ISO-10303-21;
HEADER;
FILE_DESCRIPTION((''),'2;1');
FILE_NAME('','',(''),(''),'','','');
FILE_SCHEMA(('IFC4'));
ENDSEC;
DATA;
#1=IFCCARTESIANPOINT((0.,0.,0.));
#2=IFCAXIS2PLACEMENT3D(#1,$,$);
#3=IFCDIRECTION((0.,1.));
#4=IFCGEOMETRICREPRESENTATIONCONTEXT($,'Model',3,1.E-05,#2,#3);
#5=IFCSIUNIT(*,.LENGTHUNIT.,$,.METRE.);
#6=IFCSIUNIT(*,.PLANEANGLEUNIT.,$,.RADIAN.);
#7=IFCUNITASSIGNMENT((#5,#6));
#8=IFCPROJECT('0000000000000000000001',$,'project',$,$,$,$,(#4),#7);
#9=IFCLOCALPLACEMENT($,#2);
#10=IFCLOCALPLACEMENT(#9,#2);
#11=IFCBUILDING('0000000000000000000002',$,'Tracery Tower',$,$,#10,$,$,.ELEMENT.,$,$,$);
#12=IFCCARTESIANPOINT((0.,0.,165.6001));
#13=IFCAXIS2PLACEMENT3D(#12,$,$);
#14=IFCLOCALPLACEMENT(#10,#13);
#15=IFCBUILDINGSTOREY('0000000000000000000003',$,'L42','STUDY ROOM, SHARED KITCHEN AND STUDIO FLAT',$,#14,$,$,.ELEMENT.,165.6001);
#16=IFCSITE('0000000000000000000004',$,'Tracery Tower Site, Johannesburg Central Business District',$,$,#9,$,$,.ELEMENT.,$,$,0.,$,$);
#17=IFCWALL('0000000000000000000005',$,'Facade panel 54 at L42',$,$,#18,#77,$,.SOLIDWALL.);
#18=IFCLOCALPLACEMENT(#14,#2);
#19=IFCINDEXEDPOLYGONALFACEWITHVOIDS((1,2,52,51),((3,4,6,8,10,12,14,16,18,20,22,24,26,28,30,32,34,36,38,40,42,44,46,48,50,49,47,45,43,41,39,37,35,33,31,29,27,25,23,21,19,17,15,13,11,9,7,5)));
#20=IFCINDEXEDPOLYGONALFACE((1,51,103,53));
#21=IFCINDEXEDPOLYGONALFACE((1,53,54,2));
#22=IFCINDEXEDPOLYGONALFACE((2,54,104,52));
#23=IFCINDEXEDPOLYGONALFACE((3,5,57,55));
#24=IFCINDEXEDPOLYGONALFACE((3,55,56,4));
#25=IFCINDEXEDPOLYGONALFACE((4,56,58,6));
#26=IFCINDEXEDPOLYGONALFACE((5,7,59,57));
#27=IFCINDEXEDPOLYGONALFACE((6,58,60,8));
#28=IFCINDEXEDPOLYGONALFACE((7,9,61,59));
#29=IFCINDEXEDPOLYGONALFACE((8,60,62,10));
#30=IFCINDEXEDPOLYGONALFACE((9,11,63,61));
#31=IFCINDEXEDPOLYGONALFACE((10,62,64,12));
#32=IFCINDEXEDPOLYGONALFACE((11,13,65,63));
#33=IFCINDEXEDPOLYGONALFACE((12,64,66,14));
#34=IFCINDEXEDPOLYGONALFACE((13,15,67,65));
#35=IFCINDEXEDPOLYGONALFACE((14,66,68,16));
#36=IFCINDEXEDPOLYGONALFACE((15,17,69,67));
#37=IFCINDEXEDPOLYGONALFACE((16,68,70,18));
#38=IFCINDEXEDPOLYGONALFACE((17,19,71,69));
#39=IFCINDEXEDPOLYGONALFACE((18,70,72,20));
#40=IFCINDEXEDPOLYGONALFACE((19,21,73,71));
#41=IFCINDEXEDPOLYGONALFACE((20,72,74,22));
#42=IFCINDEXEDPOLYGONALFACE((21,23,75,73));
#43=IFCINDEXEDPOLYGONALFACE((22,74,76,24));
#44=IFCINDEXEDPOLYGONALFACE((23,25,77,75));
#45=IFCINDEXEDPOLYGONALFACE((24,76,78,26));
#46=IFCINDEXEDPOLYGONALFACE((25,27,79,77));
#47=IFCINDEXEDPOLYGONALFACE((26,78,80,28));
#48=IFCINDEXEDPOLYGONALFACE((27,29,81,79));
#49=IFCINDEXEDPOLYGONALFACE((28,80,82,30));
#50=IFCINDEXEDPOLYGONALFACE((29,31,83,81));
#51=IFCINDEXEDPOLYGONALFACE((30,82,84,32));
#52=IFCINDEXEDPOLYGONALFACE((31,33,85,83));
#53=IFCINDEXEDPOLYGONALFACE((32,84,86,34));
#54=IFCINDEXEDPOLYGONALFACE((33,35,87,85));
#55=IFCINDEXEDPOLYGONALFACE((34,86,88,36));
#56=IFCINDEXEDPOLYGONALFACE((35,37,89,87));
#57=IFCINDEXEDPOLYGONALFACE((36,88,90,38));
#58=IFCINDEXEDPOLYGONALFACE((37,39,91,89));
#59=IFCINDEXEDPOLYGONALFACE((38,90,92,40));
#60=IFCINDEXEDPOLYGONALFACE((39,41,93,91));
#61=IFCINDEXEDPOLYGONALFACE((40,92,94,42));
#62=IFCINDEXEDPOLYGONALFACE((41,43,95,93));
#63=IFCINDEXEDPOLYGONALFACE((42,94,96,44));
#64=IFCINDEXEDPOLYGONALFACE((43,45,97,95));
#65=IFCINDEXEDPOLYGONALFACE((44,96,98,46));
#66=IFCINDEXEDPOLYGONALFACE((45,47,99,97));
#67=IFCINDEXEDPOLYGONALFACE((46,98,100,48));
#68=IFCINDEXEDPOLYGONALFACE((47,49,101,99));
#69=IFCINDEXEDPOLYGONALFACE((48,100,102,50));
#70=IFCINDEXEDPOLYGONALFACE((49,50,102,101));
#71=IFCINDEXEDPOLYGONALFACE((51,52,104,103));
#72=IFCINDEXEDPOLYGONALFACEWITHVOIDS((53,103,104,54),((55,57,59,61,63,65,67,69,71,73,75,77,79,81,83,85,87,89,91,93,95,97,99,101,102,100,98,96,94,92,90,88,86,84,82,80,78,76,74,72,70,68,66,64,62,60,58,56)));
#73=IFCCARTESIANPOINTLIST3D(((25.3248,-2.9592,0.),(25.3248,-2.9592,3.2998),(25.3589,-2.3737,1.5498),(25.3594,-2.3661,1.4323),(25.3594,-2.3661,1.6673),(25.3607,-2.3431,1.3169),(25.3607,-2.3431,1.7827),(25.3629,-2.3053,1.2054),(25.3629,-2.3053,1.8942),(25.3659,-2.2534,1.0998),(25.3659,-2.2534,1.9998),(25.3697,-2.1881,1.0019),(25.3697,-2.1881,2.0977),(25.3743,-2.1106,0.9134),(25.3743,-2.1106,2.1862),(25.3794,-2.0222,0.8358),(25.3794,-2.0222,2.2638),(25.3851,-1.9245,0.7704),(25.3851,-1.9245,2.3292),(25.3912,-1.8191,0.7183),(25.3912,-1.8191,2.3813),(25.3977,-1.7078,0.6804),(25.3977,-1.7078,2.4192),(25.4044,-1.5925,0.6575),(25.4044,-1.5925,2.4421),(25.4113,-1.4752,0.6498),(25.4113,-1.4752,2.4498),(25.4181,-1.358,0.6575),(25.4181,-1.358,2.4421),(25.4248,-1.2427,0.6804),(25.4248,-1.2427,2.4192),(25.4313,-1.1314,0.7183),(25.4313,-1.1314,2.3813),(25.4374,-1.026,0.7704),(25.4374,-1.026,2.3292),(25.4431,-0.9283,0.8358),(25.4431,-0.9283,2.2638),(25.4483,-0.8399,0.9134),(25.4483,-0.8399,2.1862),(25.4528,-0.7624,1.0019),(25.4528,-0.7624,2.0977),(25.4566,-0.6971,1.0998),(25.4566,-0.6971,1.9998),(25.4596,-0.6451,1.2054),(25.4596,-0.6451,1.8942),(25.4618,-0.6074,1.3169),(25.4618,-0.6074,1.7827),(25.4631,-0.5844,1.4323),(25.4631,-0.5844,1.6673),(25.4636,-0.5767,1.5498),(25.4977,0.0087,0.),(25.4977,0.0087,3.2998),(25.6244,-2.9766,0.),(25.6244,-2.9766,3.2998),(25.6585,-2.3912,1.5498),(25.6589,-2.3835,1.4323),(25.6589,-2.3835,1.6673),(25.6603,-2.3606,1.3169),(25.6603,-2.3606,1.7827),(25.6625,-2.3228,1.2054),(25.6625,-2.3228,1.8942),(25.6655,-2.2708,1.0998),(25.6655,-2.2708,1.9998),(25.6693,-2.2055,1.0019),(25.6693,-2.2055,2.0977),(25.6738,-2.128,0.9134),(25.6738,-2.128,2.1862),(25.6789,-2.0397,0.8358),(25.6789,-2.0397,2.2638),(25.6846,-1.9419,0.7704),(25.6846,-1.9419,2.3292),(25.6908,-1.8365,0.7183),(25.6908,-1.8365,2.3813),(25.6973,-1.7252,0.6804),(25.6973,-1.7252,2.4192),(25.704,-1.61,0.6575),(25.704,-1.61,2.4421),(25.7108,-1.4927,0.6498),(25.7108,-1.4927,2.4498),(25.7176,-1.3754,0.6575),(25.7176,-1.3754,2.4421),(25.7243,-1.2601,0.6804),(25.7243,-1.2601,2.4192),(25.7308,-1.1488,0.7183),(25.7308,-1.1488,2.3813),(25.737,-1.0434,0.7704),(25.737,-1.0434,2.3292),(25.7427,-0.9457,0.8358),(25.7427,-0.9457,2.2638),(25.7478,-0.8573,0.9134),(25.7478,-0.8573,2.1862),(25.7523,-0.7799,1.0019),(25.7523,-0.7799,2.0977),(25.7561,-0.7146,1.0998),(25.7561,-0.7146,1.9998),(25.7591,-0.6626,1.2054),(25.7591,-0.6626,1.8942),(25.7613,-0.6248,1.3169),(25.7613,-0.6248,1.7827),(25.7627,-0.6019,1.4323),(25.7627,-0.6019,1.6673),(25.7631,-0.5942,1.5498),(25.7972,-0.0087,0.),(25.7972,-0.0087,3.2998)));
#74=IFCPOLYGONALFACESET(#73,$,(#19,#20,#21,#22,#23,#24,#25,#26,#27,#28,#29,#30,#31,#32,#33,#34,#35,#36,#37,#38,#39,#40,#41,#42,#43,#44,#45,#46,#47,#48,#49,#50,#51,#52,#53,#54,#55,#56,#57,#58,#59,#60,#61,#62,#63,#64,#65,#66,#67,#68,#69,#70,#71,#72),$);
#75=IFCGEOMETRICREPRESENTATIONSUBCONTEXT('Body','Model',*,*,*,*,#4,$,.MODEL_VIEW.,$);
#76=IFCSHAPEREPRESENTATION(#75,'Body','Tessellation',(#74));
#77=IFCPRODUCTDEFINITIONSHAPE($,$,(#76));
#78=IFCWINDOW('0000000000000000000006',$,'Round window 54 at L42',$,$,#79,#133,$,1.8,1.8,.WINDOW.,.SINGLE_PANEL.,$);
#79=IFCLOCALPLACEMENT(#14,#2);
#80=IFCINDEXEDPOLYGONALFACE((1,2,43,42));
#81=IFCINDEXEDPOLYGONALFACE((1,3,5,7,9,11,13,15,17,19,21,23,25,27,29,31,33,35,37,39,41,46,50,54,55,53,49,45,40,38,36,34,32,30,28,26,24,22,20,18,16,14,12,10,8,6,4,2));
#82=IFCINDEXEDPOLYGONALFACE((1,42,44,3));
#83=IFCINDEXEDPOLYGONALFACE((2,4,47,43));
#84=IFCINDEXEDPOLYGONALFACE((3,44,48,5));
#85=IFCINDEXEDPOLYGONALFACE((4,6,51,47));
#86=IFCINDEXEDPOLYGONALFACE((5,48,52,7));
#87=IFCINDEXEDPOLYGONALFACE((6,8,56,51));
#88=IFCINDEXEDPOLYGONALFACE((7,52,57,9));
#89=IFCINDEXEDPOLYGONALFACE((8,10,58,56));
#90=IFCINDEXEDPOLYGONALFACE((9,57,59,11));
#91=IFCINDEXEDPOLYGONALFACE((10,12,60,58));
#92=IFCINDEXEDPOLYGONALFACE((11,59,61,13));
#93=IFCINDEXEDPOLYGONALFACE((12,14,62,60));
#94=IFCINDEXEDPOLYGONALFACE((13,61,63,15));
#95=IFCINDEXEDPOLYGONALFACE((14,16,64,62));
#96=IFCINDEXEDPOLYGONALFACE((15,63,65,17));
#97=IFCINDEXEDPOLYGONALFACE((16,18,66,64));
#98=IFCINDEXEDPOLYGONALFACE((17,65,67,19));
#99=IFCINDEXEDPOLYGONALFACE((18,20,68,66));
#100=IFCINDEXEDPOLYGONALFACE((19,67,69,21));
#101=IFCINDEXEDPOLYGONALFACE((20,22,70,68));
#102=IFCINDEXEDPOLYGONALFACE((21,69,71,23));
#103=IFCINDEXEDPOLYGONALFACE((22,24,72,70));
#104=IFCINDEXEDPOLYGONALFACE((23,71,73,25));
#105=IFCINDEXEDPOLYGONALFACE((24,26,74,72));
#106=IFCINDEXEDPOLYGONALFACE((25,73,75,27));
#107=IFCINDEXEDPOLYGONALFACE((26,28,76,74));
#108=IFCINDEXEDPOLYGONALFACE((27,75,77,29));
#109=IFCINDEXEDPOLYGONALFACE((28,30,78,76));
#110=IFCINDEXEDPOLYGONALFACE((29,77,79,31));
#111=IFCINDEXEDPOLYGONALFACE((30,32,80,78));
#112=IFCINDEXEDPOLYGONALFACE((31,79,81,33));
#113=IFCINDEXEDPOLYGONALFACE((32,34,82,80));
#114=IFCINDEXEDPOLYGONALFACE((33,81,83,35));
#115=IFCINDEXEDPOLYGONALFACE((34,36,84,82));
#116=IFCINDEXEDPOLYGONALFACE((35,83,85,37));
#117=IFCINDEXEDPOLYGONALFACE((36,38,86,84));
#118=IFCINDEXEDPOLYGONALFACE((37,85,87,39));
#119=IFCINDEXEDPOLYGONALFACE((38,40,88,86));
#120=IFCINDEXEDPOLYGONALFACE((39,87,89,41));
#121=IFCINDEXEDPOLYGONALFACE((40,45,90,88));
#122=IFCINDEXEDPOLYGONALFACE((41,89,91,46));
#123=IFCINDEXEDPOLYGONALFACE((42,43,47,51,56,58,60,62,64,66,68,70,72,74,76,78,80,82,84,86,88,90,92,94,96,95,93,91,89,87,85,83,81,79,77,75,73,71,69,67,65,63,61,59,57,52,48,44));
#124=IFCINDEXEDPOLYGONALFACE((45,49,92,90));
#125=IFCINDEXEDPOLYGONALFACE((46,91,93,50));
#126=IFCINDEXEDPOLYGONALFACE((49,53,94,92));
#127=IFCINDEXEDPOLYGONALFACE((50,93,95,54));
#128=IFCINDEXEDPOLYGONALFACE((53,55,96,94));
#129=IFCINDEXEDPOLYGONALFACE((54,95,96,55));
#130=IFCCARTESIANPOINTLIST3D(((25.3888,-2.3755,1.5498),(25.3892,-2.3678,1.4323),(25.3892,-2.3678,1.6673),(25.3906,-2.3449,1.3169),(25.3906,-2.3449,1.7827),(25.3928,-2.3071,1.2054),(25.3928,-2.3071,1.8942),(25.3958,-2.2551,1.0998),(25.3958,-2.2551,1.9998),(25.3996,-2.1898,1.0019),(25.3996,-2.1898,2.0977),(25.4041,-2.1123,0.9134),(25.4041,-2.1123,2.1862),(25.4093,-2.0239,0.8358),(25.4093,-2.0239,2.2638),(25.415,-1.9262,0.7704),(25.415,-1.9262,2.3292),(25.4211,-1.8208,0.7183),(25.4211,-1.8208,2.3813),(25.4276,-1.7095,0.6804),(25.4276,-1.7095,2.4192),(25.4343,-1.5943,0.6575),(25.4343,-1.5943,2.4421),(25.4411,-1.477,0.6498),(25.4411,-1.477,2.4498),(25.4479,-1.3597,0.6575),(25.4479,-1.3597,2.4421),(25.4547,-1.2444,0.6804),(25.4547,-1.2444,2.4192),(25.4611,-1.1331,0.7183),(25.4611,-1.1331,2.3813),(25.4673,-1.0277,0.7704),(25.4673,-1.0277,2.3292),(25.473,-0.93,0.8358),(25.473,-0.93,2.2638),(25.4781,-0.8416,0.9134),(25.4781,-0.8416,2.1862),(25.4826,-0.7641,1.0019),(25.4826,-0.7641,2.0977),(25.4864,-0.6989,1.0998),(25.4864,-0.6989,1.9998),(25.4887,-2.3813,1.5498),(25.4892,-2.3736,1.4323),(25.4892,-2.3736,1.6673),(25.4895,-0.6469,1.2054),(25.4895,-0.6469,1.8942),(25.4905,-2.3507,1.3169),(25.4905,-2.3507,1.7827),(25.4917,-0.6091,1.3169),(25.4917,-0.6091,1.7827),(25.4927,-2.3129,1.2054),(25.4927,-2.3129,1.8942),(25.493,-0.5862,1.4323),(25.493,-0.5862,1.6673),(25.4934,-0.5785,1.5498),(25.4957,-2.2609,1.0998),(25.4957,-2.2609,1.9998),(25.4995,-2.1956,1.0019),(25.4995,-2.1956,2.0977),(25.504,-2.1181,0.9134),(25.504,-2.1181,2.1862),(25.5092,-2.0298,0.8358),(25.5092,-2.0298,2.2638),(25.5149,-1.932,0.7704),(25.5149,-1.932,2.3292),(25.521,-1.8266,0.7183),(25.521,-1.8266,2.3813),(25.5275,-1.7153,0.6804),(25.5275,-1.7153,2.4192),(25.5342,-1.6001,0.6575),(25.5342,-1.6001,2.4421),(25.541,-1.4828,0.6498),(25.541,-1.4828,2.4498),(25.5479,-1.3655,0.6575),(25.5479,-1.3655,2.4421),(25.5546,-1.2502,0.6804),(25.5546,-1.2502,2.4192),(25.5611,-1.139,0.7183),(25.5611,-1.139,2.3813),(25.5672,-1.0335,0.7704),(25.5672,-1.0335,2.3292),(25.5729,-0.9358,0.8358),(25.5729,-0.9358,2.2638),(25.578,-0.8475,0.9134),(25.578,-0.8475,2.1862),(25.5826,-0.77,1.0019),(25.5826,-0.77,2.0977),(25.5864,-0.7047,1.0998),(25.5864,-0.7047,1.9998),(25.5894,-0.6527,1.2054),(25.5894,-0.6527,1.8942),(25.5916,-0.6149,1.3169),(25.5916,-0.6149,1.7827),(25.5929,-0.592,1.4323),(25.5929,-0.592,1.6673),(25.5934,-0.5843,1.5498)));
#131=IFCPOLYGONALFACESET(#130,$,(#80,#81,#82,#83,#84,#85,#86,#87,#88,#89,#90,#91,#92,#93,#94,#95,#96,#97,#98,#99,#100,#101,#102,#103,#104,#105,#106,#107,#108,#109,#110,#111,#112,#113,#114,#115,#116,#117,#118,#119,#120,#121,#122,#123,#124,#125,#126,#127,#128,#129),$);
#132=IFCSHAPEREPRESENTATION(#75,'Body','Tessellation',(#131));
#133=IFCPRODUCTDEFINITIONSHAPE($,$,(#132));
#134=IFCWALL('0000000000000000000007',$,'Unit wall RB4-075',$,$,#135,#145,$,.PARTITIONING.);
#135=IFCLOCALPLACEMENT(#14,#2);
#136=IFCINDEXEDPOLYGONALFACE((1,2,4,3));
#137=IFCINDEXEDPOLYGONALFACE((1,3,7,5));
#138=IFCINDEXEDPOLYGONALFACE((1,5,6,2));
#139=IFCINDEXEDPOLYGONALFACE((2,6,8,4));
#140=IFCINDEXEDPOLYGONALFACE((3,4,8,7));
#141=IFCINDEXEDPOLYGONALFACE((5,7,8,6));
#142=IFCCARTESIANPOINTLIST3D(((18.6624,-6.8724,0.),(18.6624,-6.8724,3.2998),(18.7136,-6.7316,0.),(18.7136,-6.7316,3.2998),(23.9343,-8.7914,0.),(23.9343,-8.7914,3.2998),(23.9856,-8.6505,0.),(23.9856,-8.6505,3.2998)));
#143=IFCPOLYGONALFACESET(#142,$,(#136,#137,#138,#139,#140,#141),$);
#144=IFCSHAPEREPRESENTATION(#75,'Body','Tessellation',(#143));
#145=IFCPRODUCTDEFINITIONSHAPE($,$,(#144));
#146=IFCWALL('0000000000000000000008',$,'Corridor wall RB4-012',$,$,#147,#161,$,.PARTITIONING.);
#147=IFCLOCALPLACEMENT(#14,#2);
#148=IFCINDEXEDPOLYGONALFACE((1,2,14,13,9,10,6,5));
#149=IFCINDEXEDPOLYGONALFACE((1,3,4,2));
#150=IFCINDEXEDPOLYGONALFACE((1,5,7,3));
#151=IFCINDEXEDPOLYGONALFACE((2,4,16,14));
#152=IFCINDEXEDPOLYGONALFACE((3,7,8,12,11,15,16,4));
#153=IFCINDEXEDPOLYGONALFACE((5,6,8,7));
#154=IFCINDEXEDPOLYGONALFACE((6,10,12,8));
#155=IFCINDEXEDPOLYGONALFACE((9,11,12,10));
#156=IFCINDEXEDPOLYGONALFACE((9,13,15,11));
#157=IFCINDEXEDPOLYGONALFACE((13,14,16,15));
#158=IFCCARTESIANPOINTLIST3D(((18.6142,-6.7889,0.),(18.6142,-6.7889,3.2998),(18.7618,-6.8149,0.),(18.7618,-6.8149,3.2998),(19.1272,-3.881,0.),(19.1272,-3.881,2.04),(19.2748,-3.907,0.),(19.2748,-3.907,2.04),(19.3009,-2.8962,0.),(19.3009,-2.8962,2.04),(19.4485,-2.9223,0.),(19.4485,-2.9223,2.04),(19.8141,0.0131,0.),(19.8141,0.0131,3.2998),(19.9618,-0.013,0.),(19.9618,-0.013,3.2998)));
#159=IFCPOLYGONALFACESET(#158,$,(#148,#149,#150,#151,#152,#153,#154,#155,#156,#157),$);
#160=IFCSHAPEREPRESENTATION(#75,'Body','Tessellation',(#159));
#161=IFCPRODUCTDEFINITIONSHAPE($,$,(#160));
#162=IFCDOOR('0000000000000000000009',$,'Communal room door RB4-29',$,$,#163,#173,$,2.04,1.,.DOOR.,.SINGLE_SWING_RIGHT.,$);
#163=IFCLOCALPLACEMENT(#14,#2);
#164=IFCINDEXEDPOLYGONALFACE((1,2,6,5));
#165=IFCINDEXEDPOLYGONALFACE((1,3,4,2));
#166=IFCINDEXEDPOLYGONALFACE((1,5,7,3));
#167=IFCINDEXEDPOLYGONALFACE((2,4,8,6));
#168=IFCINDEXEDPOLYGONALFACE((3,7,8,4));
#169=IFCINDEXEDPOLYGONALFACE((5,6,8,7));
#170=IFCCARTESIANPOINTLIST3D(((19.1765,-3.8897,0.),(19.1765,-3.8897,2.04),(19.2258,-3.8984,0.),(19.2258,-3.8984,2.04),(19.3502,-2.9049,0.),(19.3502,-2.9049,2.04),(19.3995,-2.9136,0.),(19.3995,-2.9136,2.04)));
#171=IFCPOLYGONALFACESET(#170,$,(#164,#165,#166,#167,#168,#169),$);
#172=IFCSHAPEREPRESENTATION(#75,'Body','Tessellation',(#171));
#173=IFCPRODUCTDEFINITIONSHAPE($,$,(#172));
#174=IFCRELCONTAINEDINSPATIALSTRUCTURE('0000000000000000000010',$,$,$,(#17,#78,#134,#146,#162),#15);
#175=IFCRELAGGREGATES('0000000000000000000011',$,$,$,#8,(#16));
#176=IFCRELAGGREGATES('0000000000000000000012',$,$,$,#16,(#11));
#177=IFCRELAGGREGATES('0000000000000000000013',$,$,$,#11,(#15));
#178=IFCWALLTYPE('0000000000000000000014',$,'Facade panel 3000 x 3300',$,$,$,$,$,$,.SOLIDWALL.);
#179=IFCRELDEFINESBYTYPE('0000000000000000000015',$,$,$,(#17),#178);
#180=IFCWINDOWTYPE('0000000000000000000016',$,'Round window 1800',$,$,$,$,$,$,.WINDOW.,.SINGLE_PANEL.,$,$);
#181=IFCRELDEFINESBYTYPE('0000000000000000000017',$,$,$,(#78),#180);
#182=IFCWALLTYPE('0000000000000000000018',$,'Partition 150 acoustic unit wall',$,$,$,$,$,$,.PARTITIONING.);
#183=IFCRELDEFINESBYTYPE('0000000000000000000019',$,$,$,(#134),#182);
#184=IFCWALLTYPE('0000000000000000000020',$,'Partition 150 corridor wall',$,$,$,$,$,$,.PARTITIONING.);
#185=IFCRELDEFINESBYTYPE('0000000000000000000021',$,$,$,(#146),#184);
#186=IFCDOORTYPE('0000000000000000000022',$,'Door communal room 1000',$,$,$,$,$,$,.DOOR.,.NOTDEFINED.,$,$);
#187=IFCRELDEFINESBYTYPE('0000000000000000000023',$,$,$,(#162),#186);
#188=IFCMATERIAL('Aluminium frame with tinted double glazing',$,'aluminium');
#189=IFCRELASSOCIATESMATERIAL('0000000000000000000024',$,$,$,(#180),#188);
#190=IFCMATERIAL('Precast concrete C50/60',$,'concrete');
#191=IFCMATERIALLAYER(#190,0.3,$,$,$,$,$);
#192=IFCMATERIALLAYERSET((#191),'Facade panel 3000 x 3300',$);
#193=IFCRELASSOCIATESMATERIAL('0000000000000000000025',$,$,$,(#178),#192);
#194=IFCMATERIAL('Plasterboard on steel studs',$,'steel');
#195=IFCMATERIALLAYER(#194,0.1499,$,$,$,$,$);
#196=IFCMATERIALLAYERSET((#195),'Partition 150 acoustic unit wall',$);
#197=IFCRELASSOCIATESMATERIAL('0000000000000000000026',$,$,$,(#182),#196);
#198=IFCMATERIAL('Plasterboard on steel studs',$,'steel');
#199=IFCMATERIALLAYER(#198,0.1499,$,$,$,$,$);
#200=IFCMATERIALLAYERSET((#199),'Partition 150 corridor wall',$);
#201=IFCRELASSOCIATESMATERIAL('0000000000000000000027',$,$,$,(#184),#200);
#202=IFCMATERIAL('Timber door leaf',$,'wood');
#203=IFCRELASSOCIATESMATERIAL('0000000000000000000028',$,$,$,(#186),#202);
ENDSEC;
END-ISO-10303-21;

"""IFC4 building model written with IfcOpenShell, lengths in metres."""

from ifc_helpers import new_model, si_unit, direction, frame, frame_2d, origin, origin_2d, place, context, subcontext, project, spatial, rectangle, circle, extrude, material, layer, layer_set, type_object, element, fill, save


model = new_model("IFC4")

# Units and contexts
model_context = context("Model", 3, precision=1e-05, world=origin(), true_north=direction((0.0, 1.0)))
body_context = subcontext(model_context, "Body", "Model", "MODEL_VIEW")
ifc_project = project(units=[si_unit("LENGTHUNIT", "METRE"), si_unit("PLANEANGLEUNIT", "RADIAN")], contexts=[model_context])

# Site, building, storey
site_placement = place(None, origin())
site = spatial("IfcSite", under=ifc_project, at=site_placement, Name="Tracery Tower Site, Johannesburg Central Business District", CompositionType="ELEMENT", RefElevation=0.0)
building_placement = place(site_placement, origin())
building = spatial("IfcBuilding", under=site, at=building_placement, Name="Tracery Tower", CompositionType="ELEMENT")
storey_placement = place(building_placement, frame((0.0, 0.0, 165.6001)))
storey = spatial("IfcBuildingStorey", under=building, at=storey_placement, Name="L42", Description="STUDY ROOM, SHARED KITCHEN AND STUDIO FLAT", CompositionType="ELEMENT", Elevation=165.6001)

# Wall, opening, window
ifc_material_1 = material(Name="Aluminium frame with tinted double glazing", Category="aluminium")
window_type = type_object("IfcWindowType", Name="Round window 1800", PartitioningType="SINGLE_PANEL", PredefinedType="WINDOW", material=ifc_material_1)
ifc_material_2 = material(Name="Precast concrete C50/60", Category="concrete")
ifc_layer_1 = layer(ifc_material_2, 0.3)
ifc_layer_set_1 = layer_set([ifc_layer_1], Name="Facade panel 3000 x 3300")
wall_type_1 = type_object("IfcWallType", Name="Facade panel 3000 x 3300", PredefinedType="SOLIDWALL", material=ifc_layer_set_1)
wall_1_placement = place(storey_placement, frame((25.4746, -2.9678, 0.0), z_axis=(0.0, 0.0, 1.0), x_axis=(0.058144, 0.998308, 0.0)))
wall_1 = element("IfcWall", 1, at=wall_1_placement, inside=storey, type_object=wall_type_1, Name="Facade panel 54 at L42", PredefinedType="SOLIDWALL", context=body_context, shape_type="SweptSolid", body=[
    extrude(rectangle(XDim=2.9729, YDim=0.3, at=frame_2d((1.4863, 0.0))), origin(), (0.0, 0.0, 1.0), 3.2998),
])
opening_1_placement = place(wall_1_placement, frame((1.4863, 0.0, 1.5498)))
opening_1 = element("IfcOpeningElement", 2, at=opening_1_placement, cuts=wall_1, PredefinedType="OPENING", context=body_context, shape_type="SweptSolid", body=[
    extrude(circle(Radius=0.9, at=origin_2d()), frame((0.0, 0.1599, 0.0), z_axis=(0.0, -1.0, 0.0), x_axis=(1.0, 0.0, 0.0)), (0.0, 0.0, 1.0), 0.3201),
])
window_1_placement = place(opening_1_placement, origin())
window_1 = element("IfcWindow", 3, at=window_1_placement, inside=storey, type_object=window_type, Name="Round window 54 at L42", OverallHeight=1.8, OverallWidth=1.8, PartitioningType="SINGLE_PANEL", PredefinedType="WINDOW", context=body_context, shape_type="SweptSolid", body=[
    extrude(circle(Radius=0.9, at=origin_2d()), frame((0.0, 0.1201, 0.0), z_axis=(0.0, -1.0, 0.0), x_axis=(1.0, 0.0, 0.0)), (0.0, 0.0, 1.0), 0.1001),
])
fill(opening_1, window_1)

# Wall
ifc_material_3 = material(Name="Plasterboard on steel studs", Category="steel")
ifc_layer_2 = layer(ifc_material_3, 0.1499)
ifc_layer_set_2 = layer_set([ifc_layer_2], Name="Partition 150 acoustic unit wall")
wall_type_2 = type_object("IfcWallType", Name="Partition 150 acoustic unit wall", PredefinedType="PARTITIONING", material=ifc_layer_set_2)
wall_2_placement = place(storey_placement, frame((18.688, -6.802, 0.0), z_axis=(0.0, 0.0, 1.0), x_axis=(0.939687, -0.342037, 0.0)))
element("IfcWall", 4, at=wall_2_placement, inside=storey, type_object=wall_type_2, Name="Unit wall RB4-075", PredefinedType="PARTITIONING", context=body_context, shape_type="SweptSolid", body=[
    extrude(rectangle(XDim=5.6104, YDim=0.1499, at=frame_2d((2.8052, 0.0))), origin(), (0.0, 0.0, 1.0), 3.2998),
])

# Wall, opening, door
ifc_material_4 = material(Name="Plasterboard on steel studs", Category="steel")
ifc_layer_3 = layer(ifc_material_4, 0.1499)
ifc_layer_set_3 = layer_set([ifc_layer_3], Name="Partition 150 corridor wall")
wall_type_3 = type_object("IfcWallType", Name="Partition 150 corridor wall", PredefinedType="PARTITIONING", material=ifc_layer_set_3)
wall_3_placement = place(storey_placement, frame((18.688, -6.802, 0.0), z_axis=(0.0, 0.0, 1.0), x_axis=(0.173729, 0.984794, 0.0)))
wall_3 = element("IfcWall", 5, at=wall_3_placement, inside=storey, type_object=wall_type_3, Name="Corridor wall RB4-012", PredefinedType="PARTITIONING", context=body_context, shape_type="SweptSolid", body=[
    extrude(rectangle(XDim=6.907, YDim=0.1499, at=frame_2d((3.4536, 0.0))), origin(), (0.0, 0.0, 1.0), 3.2998),
])
opening_2_placement = place(wall_3_placement, frame((2.9529, 0.0, 0.0)))
opening_2 = element("IfcOpeningElement", 6, at=opening_2_placement, cuts=wall_3, PredefinedType="OPENING", context=body_context, shape_type="SweptSolid", body=[
    extrude(rectangle(XDim=1.0, YDim=2.04, at=frame_2d((0.5, 1.02))), frame((0.0, 0.075, 0.0), z_axis=(0.0, -1.0, 0.0), x_axis=(1.0, 0.0, 0.0)), (0.0, 0.0, 1.0), 0.1499),
])
ifc_material_5 = material(Name="Timber door leaf", Category="wood")
door_type_1 = type_object("IfcDoorType", Name="Door communal room 1000", OperationType="NOTDEFINED", PredefinedType="DOOR", material=ifc_material_5)
door_1_placement = place(opening_2_placement, origin())
door_1 = element("IfcDoor", 7, at=door_1_placement, inside=storey, type_object=door_type_1, Name="Communal room door RB4-29", OperationType="SINGLE_SWING_RIGHT", OverallHeight=2.04, OverallWidth=1.0, PredefinedType="DOOR", context=body_context, shape_type="SweptSolid", body=[
    extrude(rectangle(XDim=1.0, YDim=2.04, at=frame_2d((0.5, 1.02))), frame((0.0, 0.0249, 0.0), z_axis=(0.0, -1.0, 0.0), x_axis=(1.0, 0.0, 0.0)), (0.0, 0.0, 1.0), 0.05),
])
fill(opening_2, door_1)

save(model, "model.ifc")
